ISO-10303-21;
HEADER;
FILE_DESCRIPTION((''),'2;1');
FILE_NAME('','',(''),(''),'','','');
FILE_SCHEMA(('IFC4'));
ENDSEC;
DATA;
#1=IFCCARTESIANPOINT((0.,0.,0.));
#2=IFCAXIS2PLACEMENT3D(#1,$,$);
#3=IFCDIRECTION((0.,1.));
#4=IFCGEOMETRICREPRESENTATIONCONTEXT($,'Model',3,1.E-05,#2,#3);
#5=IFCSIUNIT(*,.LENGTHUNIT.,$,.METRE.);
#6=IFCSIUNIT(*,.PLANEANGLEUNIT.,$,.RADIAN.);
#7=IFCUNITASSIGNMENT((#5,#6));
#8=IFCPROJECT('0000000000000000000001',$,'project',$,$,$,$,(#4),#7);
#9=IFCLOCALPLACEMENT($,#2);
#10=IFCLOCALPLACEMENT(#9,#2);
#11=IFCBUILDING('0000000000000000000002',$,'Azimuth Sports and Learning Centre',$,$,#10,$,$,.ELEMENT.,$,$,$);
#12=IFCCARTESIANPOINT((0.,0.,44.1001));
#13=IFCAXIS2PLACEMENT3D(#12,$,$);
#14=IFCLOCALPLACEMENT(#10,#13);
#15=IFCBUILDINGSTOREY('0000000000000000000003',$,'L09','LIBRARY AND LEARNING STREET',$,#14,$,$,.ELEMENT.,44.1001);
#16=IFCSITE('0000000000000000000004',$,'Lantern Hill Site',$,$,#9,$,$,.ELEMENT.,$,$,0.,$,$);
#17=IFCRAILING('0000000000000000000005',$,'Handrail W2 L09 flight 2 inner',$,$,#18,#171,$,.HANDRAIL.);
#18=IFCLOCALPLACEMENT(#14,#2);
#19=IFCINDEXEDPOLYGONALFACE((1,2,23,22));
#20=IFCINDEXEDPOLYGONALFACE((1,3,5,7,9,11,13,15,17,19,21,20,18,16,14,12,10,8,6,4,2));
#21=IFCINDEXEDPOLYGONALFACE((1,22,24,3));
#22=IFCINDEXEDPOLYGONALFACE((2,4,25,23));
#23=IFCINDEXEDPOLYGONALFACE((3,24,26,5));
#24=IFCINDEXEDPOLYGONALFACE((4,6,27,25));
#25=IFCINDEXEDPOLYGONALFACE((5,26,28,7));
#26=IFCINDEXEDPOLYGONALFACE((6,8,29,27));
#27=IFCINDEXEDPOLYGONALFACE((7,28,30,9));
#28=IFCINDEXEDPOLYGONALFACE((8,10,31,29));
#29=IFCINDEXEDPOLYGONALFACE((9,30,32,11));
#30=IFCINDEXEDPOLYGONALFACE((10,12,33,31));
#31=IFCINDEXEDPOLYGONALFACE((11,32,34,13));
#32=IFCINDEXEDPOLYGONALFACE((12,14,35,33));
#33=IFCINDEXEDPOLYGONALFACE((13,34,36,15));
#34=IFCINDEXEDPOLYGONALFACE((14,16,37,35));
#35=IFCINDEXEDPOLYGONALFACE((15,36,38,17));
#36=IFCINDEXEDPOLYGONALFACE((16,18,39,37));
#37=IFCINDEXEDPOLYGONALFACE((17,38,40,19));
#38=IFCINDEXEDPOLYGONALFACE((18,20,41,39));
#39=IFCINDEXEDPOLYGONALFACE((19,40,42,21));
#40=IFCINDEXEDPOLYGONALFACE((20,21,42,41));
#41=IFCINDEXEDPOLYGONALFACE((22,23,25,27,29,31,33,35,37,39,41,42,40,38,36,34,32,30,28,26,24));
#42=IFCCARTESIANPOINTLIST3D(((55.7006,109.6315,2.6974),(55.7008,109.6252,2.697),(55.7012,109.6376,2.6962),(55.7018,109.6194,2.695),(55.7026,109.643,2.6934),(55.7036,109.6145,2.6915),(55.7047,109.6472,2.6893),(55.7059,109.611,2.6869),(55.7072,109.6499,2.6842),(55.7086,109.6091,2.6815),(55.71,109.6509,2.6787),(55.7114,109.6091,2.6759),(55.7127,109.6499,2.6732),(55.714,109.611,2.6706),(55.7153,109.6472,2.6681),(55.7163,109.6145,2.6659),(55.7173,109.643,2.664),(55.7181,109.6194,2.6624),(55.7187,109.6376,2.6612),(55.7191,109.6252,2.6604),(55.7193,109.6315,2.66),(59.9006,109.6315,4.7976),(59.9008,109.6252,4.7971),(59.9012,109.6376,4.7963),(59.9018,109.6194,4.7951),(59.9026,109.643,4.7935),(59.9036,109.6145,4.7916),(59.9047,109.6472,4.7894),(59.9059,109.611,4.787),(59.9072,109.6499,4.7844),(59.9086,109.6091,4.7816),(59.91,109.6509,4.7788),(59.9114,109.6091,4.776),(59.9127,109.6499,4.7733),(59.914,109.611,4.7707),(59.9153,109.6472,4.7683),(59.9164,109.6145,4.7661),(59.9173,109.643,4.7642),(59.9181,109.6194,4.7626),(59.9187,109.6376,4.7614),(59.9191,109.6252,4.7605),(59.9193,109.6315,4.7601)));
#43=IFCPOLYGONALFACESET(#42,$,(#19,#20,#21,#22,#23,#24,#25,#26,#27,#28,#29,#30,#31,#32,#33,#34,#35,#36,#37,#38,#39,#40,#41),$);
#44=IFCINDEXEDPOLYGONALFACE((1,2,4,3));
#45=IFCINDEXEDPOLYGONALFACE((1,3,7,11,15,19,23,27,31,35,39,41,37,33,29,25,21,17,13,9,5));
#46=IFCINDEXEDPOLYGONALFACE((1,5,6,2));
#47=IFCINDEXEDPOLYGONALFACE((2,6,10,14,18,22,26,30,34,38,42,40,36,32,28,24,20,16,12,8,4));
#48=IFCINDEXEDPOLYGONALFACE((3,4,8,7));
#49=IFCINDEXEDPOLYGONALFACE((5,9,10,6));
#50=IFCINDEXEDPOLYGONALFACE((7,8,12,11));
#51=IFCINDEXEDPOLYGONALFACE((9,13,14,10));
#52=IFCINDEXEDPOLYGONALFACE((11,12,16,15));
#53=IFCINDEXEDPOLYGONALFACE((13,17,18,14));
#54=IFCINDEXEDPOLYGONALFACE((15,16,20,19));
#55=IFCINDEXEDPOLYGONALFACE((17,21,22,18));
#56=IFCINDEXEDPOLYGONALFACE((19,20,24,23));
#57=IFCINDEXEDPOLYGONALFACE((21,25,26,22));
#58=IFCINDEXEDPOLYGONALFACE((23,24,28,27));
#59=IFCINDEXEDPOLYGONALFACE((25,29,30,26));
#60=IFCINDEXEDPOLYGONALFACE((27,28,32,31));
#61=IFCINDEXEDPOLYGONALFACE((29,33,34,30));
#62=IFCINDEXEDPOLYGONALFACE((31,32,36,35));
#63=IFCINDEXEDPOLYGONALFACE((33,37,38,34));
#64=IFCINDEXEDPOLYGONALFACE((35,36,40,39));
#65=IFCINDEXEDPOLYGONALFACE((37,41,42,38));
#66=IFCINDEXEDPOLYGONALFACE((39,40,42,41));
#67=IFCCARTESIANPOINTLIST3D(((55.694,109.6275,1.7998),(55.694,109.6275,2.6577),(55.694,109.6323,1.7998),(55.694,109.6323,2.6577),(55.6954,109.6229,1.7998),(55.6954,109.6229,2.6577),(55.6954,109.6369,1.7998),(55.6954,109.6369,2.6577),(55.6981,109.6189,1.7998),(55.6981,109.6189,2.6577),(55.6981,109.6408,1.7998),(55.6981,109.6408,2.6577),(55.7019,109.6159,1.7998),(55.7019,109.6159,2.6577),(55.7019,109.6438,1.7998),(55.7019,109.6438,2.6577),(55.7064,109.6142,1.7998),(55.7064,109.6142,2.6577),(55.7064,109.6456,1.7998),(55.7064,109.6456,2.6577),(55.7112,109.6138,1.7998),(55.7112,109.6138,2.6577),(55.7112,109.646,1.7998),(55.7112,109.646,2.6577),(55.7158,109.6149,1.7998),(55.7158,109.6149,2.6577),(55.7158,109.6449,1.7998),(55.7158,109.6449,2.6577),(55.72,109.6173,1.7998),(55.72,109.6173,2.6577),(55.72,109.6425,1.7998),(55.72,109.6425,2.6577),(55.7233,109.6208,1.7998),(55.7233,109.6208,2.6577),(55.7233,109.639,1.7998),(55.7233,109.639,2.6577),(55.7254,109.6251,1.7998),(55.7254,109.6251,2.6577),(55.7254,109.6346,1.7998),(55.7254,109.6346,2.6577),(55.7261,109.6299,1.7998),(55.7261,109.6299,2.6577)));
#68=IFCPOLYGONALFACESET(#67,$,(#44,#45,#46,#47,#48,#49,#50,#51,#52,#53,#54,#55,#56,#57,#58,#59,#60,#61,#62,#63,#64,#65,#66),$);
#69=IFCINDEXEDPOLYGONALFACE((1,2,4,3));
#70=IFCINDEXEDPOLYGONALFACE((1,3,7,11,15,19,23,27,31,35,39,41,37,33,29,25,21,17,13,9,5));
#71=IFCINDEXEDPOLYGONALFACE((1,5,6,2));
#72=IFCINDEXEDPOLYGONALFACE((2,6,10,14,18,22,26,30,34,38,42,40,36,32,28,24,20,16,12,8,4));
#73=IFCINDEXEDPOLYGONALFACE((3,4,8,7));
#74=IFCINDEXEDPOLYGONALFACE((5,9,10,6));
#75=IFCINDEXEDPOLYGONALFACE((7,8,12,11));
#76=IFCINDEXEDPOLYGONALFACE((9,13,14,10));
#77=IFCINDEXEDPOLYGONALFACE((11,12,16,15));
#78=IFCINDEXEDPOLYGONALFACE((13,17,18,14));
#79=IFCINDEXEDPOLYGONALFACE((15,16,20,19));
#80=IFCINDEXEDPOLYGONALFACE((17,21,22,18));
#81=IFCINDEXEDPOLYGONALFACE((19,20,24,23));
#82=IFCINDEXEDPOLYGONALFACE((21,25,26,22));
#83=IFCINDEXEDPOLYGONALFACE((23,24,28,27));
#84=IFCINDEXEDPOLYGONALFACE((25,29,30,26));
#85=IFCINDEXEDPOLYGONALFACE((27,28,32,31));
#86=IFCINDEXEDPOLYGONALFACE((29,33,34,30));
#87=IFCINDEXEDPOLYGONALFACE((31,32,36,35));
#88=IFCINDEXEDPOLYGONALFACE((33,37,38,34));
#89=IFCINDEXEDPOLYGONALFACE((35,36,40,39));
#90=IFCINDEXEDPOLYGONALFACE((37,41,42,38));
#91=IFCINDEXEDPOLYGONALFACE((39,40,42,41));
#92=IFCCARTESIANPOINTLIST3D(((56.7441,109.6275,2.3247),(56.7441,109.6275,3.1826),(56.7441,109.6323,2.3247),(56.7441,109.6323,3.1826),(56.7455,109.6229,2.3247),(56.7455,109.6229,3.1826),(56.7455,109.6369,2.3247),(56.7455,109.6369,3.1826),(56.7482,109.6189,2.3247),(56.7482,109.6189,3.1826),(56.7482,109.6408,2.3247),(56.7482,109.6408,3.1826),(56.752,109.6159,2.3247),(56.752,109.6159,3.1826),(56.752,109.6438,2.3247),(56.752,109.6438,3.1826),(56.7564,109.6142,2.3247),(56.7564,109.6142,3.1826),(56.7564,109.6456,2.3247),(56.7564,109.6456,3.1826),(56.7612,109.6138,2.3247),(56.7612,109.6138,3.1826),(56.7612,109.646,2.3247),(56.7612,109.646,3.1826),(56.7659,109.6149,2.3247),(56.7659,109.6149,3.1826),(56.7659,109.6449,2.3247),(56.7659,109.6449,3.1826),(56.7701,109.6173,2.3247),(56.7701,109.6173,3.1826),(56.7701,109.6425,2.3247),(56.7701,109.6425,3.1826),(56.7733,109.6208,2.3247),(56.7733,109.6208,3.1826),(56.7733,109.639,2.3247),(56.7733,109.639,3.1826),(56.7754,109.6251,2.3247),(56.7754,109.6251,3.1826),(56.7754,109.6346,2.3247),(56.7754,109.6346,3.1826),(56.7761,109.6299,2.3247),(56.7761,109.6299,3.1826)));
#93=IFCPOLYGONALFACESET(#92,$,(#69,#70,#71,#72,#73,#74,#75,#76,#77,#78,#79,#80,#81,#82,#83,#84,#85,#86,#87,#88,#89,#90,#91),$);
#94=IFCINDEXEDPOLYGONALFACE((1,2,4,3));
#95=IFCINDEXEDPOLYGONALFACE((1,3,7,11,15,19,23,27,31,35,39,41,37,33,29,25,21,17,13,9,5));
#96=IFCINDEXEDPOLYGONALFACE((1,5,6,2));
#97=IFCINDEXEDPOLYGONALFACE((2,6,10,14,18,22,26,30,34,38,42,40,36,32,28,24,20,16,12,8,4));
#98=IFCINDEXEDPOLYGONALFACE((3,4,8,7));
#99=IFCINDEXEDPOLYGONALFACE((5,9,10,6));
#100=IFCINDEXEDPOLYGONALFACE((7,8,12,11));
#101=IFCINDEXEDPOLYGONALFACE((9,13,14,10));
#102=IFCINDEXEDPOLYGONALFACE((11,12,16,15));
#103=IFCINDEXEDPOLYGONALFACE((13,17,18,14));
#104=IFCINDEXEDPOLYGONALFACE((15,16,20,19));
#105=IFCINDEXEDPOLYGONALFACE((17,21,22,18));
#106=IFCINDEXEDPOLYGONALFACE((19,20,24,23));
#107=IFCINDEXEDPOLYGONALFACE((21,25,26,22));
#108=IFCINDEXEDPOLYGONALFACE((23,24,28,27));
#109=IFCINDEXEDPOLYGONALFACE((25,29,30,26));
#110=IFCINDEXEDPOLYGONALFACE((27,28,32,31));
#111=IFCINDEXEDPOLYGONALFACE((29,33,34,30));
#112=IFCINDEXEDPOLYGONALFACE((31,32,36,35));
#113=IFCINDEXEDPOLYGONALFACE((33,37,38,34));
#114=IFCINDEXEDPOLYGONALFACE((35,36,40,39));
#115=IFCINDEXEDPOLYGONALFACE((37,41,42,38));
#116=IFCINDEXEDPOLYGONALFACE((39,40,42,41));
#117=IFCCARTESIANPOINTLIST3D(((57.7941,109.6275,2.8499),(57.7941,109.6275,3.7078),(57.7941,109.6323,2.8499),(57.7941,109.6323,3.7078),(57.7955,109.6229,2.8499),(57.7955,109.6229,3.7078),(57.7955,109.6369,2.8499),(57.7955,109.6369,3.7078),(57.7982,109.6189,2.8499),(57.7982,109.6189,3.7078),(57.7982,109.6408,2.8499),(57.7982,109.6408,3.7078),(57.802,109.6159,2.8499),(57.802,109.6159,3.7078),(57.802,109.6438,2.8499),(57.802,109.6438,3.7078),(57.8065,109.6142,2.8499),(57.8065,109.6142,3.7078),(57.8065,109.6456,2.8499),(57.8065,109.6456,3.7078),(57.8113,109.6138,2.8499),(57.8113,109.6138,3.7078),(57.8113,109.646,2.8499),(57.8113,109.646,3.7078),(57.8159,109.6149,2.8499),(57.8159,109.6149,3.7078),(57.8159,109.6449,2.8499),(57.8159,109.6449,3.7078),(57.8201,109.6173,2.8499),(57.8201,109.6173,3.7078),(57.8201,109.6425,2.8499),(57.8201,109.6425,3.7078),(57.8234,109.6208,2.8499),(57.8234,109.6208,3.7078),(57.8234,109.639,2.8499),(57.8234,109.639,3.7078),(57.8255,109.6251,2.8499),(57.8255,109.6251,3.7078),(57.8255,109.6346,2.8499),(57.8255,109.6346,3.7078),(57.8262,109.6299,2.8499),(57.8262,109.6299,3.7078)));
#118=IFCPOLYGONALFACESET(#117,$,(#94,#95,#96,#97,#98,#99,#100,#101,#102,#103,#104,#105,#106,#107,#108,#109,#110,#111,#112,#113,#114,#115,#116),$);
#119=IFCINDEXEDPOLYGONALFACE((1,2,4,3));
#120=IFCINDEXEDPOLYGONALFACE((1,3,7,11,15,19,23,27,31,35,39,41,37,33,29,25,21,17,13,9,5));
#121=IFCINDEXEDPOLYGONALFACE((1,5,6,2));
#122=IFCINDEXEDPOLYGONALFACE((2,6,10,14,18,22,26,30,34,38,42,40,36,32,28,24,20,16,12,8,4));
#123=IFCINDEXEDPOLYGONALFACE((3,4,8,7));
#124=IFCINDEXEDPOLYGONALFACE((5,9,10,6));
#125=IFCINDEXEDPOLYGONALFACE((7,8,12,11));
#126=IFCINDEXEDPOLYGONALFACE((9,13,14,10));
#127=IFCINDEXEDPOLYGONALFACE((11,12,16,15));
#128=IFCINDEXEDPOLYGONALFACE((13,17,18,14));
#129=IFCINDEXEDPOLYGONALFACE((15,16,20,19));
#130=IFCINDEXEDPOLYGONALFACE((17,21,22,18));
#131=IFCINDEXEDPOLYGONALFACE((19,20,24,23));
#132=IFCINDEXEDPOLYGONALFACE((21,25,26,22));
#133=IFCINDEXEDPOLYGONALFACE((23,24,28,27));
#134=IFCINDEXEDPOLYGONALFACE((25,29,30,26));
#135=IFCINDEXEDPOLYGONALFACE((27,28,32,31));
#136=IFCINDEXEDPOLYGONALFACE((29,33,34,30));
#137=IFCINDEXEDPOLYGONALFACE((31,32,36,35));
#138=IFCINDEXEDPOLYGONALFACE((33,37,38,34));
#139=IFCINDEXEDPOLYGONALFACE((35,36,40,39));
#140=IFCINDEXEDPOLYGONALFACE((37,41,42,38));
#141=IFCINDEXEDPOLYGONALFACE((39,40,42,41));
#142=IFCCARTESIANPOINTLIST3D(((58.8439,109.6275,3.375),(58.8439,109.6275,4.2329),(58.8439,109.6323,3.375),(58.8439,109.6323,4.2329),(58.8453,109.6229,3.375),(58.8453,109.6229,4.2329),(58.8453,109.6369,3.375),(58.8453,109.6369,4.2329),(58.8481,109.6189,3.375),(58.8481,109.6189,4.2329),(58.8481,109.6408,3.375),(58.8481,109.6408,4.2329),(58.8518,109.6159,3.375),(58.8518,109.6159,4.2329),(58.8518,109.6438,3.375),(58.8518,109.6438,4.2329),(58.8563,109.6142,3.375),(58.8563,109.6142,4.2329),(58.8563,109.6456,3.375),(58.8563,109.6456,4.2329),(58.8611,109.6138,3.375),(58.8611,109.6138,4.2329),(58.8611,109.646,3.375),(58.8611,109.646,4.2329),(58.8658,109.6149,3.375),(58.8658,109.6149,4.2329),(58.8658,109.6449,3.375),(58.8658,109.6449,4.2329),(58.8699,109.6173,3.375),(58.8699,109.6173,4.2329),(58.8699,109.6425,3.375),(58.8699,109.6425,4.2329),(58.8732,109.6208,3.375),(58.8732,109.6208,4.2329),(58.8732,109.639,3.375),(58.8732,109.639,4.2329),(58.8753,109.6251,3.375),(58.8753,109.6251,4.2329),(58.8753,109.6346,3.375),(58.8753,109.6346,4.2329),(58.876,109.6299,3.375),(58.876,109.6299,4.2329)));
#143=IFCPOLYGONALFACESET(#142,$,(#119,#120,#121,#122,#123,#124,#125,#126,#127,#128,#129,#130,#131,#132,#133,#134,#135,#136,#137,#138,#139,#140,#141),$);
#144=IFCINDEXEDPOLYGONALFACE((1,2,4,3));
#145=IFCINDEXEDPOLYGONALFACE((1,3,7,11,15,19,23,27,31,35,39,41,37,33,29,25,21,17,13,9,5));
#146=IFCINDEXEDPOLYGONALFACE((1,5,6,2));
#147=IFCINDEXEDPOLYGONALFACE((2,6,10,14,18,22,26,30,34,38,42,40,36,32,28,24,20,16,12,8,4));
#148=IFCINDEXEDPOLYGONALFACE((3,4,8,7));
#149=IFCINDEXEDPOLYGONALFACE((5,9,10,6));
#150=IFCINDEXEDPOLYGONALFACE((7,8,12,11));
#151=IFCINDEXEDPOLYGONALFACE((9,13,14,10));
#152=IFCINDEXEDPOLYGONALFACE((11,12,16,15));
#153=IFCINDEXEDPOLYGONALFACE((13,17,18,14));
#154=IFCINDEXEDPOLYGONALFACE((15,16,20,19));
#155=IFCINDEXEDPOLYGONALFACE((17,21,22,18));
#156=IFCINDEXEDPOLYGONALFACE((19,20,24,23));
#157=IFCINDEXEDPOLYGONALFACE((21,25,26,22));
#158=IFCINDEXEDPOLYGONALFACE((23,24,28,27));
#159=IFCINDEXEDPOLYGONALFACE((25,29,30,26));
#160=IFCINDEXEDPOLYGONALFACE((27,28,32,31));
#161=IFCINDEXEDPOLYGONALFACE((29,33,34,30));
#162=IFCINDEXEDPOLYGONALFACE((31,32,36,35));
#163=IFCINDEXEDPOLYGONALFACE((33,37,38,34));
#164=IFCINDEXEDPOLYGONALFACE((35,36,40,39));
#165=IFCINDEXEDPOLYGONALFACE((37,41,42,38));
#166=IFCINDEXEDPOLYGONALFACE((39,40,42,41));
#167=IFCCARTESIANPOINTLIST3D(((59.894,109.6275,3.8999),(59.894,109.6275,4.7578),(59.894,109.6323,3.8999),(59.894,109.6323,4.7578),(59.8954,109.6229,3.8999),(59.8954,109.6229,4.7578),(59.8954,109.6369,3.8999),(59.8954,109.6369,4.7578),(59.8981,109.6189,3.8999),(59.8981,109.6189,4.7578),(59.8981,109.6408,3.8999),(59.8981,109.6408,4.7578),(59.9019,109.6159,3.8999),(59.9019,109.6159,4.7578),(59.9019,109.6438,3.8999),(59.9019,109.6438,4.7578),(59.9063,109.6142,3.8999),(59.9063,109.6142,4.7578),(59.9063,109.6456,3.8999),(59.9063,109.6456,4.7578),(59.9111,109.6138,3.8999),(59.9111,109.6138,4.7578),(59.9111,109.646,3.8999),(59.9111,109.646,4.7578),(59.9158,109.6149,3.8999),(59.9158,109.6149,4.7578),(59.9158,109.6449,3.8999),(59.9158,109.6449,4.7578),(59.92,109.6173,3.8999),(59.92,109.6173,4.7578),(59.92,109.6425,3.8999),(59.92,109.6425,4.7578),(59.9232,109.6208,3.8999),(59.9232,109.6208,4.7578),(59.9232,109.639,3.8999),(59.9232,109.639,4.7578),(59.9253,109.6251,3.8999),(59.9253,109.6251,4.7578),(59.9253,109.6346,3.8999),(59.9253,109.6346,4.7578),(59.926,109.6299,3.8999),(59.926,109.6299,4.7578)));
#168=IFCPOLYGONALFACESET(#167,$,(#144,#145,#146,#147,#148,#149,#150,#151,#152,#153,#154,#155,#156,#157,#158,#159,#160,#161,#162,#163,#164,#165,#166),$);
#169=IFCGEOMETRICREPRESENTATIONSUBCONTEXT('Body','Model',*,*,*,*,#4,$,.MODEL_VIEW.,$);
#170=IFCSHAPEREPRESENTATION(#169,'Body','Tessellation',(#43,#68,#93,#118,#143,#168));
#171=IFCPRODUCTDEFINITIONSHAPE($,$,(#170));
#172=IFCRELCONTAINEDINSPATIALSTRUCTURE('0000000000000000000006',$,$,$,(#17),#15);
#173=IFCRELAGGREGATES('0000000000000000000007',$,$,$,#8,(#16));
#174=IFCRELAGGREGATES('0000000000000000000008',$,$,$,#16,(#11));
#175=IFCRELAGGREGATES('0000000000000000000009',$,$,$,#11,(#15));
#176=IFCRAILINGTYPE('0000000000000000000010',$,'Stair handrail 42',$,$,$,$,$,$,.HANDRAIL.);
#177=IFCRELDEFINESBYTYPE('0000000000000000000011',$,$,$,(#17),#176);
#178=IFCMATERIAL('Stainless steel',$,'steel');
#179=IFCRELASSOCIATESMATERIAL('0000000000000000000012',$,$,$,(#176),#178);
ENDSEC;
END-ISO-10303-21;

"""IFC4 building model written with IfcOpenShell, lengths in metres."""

from ifc_helpers import new_model, si_unit, direction, frame, origin, origin_2d, place, context, subcontext, project, spatial, circle, extrude, material, type_object, element, save


model = new_model("IFC4")

# Units and contexts
model_context = context("Model", 3, precision=1e-05, world=origin(), true_north=direction((0.0, 1.0)))
body_context = subcontext(model_context, "Body", "Model", "MODEL_VIEW")
ifc_project = project(units=[si_unit("LENGTHUNIT", "METRE"), si_unit("PLANEANGLEUNIT", "RADIAN")], contexts=[model_context])

# Site, building, storey
site_placement = place(None, origin())
site = spatial("IfcSite", under=ifc_project, at=site_placement, Name="Lantern Hill Site", CompositionType="ELEMENT", RefElevation=0.0)
building_placement = place(site_placement, origin())
building = spatial("IfcBuilding", under=site, at=building_placement, Name="Azimuth Sports and Learning Centre", CompositionType="ELEMENT")
storey_placement = place(building_placement, frame((0.0, 0.0, 44.1001)))
storey = spatial("IfcBuildingStorey", under=building, at=storey_placement, Name="L09", Description="LIBRARY AND LEARNING STREET", CompositionType="ELEMENT", Elevation=44.1001)

# Railing
ifc_material_1 = material(Name="Stainless steel", Category="steel")
railing_type_1 = type_object("IfcRailingType", Name="Stair handrail 42", PredefinedType="HANDRAIL", material=ifc_material_1)
railing_1_placement = place(storey_placement, frame((55.71, 109.6299, 1.7998)))
element("IfcRailing", 1, at=railing_1_placement, inside=storey, type_object=railing_type_1, Name="Handrail W2 L09 flight 2 inner", PredefinedType="HANDRAIL", context=body_context, shape_type="SweptSolid", body=[
    extrude(circle(Radius=0.021, at=origin_2d()), frame((0.0, 0.0, 0.8789), z_axis=(0.894417, 0.0, 0.447234), x_axis=(0.0, 1.0, 0.0)), (0.0, 0.0, 1.0), 4.6958),
    extrude(circle(Radius=0.0161, at=origin_2d()), origin(), (0.0, 0.0, 1.0), 0.8579),
    extrude(circle(Radius=0.0161, at=origin_2d()), frame((1.05, 0.0, 0.5249)), (0.0, 0.0, 1.0), 0.8579),
    extrude(circle(Radius=0.0161, at=origin_2d()), frame((2.1001, 0.0, 1.05)), (0.0, 0.0, 1.0), 0.8579),
    extrude(circle(Radius=0.0161, at=origin_2d()), frame((3.1499, 0.0, 1.5752)), (0.0, 0.0, 1.0), 0.8579),
    extrude(circle(Radius=0.0161, at=origin_2d()), frame((4.2, 0.0, 2.1001)), (0.0, 0.0, 1.0), 0.8579),
])

save(model, "model.ifc")
